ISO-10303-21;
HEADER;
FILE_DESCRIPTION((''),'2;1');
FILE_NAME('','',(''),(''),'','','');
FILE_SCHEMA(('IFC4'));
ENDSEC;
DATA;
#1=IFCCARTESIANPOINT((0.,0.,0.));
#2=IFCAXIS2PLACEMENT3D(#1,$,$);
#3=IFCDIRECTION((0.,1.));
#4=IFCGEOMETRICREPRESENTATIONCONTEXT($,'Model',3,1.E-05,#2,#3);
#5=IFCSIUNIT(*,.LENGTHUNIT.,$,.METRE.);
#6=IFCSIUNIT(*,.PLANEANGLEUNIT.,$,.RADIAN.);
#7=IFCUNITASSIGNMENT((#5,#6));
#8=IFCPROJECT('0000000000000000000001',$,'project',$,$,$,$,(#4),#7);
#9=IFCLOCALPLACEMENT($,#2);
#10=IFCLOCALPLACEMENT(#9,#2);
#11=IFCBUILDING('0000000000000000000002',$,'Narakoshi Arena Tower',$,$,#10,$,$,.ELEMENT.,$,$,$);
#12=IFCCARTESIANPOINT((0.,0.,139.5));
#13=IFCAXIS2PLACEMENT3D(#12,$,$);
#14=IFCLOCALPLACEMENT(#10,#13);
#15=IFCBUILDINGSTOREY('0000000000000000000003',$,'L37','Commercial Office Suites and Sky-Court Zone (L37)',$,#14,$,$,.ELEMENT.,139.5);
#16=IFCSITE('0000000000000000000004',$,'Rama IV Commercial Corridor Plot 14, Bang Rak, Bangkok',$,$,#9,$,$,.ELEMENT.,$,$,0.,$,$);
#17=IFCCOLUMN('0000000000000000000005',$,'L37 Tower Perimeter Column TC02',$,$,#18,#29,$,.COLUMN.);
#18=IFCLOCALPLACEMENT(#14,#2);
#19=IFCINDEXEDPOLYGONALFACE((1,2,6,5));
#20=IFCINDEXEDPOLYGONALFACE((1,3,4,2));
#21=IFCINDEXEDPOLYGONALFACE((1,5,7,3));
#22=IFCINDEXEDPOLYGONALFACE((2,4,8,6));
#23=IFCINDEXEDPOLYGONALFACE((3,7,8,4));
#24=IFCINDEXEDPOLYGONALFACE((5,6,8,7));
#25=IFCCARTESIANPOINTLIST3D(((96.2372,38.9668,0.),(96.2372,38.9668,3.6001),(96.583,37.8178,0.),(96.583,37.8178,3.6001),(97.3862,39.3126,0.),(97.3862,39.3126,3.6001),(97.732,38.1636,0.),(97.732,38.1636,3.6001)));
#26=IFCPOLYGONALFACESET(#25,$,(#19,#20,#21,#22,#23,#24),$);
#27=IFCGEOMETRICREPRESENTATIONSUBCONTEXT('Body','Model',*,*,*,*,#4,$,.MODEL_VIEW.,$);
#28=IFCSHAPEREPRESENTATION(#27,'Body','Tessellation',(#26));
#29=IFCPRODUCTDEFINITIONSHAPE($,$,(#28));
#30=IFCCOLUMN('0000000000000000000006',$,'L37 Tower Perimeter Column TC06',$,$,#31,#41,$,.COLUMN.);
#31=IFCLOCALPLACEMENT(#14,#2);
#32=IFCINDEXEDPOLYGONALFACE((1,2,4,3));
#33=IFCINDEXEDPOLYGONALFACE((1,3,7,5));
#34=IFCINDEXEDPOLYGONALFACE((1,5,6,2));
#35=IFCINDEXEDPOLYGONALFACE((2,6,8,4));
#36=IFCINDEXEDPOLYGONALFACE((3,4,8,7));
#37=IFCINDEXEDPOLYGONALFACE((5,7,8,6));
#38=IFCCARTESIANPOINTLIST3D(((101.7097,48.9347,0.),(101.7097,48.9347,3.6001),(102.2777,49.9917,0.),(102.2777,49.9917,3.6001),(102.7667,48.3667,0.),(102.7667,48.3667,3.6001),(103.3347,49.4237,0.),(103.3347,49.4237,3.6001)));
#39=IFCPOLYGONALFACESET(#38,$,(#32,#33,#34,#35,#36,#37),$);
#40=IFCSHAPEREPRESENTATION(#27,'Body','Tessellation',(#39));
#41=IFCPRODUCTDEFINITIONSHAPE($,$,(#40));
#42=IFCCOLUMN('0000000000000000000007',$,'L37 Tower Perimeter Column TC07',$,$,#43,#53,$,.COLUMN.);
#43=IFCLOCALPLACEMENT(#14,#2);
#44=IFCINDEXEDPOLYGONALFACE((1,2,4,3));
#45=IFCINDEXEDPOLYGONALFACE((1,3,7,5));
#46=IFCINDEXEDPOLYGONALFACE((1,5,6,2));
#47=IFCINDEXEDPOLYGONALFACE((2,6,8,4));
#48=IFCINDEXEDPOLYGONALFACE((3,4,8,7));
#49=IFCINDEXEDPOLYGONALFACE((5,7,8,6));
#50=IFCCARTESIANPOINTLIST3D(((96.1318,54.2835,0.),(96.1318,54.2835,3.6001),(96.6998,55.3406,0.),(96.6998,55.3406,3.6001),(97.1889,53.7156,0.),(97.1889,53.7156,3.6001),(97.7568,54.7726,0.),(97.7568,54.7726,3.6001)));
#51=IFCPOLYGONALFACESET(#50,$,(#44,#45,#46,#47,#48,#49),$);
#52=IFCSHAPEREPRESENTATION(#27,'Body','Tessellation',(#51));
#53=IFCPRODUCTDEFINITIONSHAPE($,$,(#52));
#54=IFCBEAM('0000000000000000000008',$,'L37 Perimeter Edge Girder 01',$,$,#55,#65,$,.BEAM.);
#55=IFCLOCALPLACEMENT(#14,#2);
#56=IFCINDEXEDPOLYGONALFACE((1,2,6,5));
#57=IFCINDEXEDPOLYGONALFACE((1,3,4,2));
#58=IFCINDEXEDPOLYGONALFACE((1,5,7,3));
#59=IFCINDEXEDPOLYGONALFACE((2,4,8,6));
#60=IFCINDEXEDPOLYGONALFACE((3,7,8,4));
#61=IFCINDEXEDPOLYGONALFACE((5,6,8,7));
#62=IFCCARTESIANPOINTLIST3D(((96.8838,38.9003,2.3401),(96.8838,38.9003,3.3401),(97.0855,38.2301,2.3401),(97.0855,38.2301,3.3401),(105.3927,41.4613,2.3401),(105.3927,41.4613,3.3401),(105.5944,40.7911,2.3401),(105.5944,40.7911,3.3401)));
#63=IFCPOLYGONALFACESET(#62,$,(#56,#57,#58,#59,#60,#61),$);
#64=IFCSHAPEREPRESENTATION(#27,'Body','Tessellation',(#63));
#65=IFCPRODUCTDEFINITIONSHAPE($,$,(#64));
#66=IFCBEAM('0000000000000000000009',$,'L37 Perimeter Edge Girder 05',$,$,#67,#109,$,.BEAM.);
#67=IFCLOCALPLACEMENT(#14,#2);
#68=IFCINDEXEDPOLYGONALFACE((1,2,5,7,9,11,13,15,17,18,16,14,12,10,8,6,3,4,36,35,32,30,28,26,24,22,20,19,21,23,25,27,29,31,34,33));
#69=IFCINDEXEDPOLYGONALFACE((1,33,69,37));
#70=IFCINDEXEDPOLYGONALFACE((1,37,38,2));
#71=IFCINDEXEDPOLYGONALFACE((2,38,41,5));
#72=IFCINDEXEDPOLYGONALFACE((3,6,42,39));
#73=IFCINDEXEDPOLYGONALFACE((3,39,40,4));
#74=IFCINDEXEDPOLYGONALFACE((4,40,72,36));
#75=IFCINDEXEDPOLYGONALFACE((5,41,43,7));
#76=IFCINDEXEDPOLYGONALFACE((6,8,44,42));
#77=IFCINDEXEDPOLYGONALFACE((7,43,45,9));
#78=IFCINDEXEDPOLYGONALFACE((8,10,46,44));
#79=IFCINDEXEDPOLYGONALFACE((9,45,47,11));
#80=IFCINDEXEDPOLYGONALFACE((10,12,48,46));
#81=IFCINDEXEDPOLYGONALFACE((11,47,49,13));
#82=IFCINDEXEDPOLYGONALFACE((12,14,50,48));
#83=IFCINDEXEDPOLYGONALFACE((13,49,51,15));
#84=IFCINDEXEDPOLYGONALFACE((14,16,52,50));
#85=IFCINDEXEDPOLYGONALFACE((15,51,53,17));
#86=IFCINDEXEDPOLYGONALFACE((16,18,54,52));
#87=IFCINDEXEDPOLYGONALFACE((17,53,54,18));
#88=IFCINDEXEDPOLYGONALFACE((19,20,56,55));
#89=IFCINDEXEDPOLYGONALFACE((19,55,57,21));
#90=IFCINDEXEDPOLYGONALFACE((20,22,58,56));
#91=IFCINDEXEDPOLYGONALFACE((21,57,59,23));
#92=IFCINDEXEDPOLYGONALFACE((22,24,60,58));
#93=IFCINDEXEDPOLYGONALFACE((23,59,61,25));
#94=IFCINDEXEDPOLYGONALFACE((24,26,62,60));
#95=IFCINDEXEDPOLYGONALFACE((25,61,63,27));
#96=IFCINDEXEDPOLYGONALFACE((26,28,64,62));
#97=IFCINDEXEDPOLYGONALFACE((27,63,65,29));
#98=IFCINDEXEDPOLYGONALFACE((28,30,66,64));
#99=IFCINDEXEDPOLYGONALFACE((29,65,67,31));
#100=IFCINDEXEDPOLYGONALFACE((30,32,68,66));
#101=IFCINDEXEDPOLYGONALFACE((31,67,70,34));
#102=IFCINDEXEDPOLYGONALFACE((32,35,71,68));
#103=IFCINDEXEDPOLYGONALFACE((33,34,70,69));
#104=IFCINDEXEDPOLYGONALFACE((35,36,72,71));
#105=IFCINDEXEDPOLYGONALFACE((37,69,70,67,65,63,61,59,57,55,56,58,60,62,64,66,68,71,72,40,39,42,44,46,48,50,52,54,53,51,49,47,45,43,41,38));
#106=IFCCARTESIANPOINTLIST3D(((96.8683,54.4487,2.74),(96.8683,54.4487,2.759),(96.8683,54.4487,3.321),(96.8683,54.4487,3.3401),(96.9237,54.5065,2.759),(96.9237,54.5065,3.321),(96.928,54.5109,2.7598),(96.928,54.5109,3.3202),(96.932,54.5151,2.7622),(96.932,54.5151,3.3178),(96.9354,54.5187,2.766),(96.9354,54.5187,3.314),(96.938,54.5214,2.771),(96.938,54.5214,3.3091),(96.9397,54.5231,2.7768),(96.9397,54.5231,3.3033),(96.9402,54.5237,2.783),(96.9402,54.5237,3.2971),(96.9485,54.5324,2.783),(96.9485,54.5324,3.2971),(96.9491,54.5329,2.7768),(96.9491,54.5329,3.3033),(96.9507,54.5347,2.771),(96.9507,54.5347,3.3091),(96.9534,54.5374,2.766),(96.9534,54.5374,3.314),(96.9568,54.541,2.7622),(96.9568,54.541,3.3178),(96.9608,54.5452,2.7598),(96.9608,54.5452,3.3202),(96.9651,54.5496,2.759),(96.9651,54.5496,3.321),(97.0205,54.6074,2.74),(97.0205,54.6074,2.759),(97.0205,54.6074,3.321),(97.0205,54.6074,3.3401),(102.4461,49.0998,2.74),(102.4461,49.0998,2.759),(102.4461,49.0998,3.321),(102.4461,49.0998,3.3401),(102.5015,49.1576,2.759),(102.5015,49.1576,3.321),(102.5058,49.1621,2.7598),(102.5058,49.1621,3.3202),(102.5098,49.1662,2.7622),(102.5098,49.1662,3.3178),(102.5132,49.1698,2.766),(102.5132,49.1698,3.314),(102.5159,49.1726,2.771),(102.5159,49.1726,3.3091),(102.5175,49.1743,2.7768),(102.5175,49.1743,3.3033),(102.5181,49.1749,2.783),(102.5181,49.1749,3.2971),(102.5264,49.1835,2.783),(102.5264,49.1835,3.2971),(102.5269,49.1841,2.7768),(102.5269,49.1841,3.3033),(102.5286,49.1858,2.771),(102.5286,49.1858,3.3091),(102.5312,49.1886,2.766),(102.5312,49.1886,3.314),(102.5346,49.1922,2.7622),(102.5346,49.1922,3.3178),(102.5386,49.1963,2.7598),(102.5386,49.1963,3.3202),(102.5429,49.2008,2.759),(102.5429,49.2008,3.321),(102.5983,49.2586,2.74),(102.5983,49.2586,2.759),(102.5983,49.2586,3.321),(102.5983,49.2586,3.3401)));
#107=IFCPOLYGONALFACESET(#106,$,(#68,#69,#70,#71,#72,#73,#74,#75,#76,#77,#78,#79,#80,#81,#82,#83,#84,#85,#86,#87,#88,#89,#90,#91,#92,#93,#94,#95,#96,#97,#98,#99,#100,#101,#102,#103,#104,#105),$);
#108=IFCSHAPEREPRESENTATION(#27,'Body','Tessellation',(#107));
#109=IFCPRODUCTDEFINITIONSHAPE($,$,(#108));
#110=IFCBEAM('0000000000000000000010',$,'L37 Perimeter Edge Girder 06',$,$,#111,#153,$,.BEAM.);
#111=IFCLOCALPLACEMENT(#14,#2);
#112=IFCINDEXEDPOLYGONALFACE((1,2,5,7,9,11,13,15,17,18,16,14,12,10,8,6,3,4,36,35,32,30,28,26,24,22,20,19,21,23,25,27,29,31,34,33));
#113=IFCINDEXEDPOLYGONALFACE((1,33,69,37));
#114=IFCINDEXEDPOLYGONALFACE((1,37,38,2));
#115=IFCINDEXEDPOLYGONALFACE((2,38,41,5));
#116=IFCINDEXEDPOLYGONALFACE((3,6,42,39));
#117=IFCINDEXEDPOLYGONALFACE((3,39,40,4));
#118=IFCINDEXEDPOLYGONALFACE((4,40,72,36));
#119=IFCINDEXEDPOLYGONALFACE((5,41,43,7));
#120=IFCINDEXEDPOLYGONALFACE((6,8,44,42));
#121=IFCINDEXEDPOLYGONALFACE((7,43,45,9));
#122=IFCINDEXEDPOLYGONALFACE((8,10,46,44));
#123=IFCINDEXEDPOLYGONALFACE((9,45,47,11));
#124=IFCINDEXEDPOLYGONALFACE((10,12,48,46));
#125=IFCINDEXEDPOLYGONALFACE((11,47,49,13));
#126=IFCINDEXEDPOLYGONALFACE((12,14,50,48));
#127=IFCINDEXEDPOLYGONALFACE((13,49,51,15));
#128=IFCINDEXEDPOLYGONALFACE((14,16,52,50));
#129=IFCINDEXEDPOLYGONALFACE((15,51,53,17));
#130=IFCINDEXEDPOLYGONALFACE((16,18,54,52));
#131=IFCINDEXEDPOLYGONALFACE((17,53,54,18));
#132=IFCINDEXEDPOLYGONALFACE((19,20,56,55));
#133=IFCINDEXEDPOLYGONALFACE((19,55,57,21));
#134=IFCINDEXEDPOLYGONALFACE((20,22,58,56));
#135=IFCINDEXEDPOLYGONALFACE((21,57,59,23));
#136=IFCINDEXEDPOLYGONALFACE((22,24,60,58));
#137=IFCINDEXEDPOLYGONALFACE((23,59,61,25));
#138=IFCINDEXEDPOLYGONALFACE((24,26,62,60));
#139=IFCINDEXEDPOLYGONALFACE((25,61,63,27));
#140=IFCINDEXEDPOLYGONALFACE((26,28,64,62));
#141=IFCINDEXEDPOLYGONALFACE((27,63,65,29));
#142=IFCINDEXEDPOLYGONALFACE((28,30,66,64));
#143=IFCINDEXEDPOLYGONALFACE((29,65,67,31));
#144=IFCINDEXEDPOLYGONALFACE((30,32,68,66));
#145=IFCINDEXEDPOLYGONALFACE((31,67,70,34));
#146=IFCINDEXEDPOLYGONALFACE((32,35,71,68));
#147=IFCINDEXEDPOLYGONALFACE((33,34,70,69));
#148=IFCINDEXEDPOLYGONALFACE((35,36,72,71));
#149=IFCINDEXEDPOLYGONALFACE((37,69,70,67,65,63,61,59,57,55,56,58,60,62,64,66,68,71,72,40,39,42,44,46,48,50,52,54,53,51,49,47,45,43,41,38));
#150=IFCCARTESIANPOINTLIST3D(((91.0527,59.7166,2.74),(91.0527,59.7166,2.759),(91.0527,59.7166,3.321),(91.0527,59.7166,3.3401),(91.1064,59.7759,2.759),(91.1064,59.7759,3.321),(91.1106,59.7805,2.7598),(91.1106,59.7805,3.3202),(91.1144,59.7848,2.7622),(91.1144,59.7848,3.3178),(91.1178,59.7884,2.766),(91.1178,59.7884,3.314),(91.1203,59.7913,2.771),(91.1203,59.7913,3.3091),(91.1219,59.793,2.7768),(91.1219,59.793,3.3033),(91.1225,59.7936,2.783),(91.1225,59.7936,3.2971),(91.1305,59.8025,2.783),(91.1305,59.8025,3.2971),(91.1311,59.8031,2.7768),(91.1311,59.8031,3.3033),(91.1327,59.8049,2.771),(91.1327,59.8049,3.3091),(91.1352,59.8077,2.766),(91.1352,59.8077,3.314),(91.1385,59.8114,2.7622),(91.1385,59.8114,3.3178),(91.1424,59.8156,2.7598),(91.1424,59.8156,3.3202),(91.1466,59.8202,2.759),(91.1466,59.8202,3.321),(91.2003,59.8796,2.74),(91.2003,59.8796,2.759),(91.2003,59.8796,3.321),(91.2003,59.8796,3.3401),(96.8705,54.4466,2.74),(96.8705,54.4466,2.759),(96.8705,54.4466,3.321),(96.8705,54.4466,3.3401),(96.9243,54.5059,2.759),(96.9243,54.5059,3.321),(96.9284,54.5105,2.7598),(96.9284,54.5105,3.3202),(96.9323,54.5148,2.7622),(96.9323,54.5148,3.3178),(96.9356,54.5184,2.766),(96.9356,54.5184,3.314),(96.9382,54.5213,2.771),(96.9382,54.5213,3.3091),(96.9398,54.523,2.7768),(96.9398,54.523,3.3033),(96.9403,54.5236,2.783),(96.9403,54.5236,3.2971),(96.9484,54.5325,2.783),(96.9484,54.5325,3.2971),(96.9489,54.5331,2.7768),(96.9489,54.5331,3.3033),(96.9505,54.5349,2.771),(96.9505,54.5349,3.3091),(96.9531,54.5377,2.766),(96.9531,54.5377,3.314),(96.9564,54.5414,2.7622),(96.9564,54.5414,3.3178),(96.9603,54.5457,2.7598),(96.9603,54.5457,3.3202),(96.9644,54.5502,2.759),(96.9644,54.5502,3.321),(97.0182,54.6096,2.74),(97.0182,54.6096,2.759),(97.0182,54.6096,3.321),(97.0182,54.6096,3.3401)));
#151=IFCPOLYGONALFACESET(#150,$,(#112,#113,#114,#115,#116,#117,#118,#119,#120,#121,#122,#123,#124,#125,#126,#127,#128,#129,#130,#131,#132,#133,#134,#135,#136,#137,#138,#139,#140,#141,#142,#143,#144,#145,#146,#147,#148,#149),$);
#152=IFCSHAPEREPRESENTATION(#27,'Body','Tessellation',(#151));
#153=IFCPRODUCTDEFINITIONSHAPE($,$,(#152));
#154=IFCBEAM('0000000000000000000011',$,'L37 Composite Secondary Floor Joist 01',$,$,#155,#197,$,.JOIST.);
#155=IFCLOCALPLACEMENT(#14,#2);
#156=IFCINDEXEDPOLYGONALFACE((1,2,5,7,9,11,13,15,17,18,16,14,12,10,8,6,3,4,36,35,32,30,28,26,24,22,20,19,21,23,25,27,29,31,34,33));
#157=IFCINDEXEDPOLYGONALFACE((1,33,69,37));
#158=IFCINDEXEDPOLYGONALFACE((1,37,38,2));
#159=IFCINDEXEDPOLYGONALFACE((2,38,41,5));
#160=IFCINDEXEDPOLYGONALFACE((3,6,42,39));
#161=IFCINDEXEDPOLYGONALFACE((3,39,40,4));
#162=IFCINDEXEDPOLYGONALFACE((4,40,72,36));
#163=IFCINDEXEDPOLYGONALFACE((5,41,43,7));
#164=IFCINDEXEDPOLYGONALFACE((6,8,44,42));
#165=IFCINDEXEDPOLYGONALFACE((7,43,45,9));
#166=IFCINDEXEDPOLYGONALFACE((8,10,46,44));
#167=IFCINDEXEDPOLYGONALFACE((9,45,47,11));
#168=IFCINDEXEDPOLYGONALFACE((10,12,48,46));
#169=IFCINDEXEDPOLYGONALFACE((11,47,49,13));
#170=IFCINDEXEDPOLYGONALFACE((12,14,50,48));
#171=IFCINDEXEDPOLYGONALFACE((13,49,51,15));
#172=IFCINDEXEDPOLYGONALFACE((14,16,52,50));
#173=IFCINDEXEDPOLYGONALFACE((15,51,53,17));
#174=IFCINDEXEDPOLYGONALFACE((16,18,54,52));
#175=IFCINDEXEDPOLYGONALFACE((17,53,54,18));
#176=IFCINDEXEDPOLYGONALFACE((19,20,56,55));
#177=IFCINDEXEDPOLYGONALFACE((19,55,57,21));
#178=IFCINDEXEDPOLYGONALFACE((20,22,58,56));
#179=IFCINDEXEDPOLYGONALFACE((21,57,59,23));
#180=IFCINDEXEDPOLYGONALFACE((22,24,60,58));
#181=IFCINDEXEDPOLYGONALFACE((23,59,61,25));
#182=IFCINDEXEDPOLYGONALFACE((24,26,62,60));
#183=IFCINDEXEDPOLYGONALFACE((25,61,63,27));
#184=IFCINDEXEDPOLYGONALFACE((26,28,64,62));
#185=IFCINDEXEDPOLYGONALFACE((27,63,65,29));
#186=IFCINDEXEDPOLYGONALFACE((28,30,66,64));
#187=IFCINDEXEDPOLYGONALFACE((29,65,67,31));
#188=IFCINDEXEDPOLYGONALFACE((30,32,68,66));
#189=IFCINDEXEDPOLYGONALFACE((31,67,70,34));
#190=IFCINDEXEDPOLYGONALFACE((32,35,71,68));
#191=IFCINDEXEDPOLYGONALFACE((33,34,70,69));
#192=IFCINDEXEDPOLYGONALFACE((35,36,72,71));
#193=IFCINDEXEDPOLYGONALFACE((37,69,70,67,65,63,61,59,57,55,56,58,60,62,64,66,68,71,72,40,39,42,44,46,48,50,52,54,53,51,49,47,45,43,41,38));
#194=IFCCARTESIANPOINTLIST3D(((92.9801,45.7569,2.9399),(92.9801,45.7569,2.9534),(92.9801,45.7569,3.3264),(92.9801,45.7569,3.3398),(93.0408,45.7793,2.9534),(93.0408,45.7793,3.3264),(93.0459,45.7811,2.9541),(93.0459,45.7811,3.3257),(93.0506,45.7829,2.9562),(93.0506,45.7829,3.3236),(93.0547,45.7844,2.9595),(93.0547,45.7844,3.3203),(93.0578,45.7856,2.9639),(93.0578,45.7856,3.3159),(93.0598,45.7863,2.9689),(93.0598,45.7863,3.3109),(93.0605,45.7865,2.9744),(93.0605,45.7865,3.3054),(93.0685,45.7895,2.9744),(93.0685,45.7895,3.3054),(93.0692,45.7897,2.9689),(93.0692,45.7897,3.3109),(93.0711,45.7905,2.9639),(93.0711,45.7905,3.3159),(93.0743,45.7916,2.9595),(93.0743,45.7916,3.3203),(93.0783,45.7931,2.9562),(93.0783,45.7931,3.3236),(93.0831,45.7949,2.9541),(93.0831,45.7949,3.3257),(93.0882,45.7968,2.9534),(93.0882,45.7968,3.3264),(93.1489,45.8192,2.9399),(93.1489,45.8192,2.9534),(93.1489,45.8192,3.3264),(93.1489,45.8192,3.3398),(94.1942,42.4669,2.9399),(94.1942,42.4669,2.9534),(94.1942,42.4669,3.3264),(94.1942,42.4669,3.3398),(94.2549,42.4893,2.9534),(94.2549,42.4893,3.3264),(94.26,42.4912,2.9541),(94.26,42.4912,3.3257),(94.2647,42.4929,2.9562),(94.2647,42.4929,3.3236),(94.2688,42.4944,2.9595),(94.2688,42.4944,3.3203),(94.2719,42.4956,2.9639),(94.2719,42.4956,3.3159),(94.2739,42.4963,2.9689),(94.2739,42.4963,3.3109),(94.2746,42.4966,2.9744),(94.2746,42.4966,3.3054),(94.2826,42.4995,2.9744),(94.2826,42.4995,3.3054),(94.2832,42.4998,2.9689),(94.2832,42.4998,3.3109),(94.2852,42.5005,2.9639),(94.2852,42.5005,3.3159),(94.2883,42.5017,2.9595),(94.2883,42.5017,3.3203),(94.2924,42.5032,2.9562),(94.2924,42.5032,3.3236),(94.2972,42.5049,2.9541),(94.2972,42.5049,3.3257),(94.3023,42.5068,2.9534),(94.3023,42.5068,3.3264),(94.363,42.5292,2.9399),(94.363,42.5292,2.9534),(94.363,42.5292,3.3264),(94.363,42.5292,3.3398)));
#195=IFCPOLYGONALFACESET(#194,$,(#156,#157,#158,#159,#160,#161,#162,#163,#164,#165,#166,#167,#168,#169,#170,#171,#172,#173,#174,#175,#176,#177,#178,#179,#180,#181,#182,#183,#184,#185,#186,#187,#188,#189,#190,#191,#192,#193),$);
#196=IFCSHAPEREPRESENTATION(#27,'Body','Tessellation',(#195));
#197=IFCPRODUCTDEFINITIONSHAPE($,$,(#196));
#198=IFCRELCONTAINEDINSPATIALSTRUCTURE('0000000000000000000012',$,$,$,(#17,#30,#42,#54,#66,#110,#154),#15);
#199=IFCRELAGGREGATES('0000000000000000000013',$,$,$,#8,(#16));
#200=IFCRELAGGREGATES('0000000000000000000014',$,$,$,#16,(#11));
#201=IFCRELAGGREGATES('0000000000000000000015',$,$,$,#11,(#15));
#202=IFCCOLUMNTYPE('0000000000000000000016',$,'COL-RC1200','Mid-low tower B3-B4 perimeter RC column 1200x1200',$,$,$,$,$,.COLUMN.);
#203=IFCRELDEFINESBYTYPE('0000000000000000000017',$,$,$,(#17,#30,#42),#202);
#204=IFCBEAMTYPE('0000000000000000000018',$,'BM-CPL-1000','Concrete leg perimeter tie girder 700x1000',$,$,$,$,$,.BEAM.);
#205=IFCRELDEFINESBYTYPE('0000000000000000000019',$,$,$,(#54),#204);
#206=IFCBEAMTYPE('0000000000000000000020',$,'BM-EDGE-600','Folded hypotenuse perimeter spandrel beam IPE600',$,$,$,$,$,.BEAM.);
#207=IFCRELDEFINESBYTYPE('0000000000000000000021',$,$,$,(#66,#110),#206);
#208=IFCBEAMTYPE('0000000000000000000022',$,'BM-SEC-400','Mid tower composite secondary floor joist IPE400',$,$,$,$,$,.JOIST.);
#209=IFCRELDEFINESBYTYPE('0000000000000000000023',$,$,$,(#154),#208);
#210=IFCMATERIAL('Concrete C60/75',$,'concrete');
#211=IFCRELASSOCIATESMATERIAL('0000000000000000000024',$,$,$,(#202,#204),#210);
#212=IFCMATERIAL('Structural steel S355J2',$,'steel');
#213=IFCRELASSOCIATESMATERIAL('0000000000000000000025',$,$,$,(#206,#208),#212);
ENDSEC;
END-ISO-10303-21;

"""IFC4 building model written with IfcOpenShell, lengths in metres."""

from ifc_helpers import new_model, si_unit, direction, frame, origin, origin_2d, place, context, subcontext, project, spatial, rectangle, i_section, extrude, material, material_profile, profile_set, type_object, element, save


model = new_model("IFC4")

# Units and contexts
model_context = context("Model", 3, precision=1e-05, world=origin(), true_north=direction((0.0, 1.0)))
body_context = subcontext(model_context, "Body", "Model", "MODEL_VIEW")
ifc_project = project(units=[si_unit("LENGTHUNIT", "METRE"), si_unit("PLANEANGLEUNIT", "RADIAN")], contexts=[model_context])

# Site, building, storey
site_placement = place(None, origin())
site = spatial("IfcSite", under=ifc_project, at=site_placement, Name="Rama IV Commercial Corridor Plot 14, Bang Rak, Bangkok", CompositionType="ELEMENT", RefElevation=0.0)
building_placement = place(site_placement, origin())
building = spatial("IfcBuilding", under=site, at=building_placement, Name="Narakoshi Arena Tower", CompositionType="ELEMENT")
storey_placement = place(building_placement, frame((0.0, 0.0, 139.5)))
storey = spatial("IfcBuildingStorey", under=building, at=storey_placement, Name="L37", Description="Commercial Office Suites and Sky-Court Zone (L37)", CompositionType="ELEMENT", Elevation=139.5)

# Columns
ifc_material_1 = material(Name="Concrete C60/75", Category="concrete")
ifc_material_profile_1 = material_profile(ifc_material_1, rectangle(XDim=1.2, YDim=1.2, at=origin_2d()), Name="RC1200x1200")
ifc_profile_set_1 = profile_set([ifc_material_profile_1], Name="Concrete C60/75")
column_type = type_object("IfcColumnType", Name="COL-RC1200", Description="Mid-low tower B3-B4 perimeter RC column 1200x1200", PredefinedType="COLUMN", material=ifc_profile_set_1)
for number, where, z_axis, x_axis, name in (
    (1, (96.9846, 38.5652, 0.0), (0.0, 0.0, 1.0), (0.957571, 0.288196, 0.0), "L37 Tower Perimeter Column TC02"),
    (2, (102.5222, 49.1792, 0.0), (0.0, 0.0, 1.0), (0.47332, 0.880891, 0.0), "L37 Tower Perimeter Column TC06"),
    (3, (96.9443, 54.5281, 0.0), (0.0, 0.0, 1.0), (0.47332, 0.880891, 0.0), "L37 Tower Perimeter Column TC07"),
):
    element("IfcColumn", number, at=place(storey_placement, frame(where, z_axis=z_axis, x_axis=x_axis)), inside=storey, type_object=column_type, Name=name, PredefinedType="COLUMN", context=body_context, shape_type="SweptSolid", body=[
        extrude(rectangle(XDim=1.2, YDim=1.2, at=origin_2d()), origin(), (0.0, 0.0, 1.0), 3.6001),
    ])

# Beams
ifc_material_profile_2 = material_profile(ifc_material_1, rectangle(XDim=0.7, YDim=1.0, at=origin_2d()), Name="RCB700x1000")
ifc_profile_set_2 = profile_set([ifc_material_profile_2], Name="Concrete C60/75")
beam_type_1 = type_object("IfcBeamType", Name="BM-CPL-1000", Description="Concrete leg perimeter tie girder 700x1000", PredefinedType="BEAM", material=ifc_profile_set_2)
beam_1_placement = place(storey_placement, frame((96.9846, 38.5652, 2.8401), z_axis=(0.957568, 0.288207, 0.0), x_axis=(-0.288207, 0.957568, 0.0)))
element("IfcBeam", 4, at=beam_1_placement, inside=storey, type_object=beam_type_1, Name="L37 Perimeter Edge Girder 01", PredefinedType="BEAM", context=body_context, shape_type="SweptSolid", body=[
    extrude(rectangle(XDim=0.7, YDim=1.0, at=origin_2d()), origin(), (0.0, 0.0, 1.0), 8.886),
])
ifc_material_2 = material(Name="Structural steel S355J2", Category="steel")
ifc_material_profile_3 = material_profile(ifc_material_2, i_section(OverallWidth=0.22, OverallDepth=0.6001, WebThickness=0.012, FlangeThickness=0.019, FilletRadius=0.0239, at=origin_2d()), Name="IPE600")
ifc_profile_set_3 = profile_set([ifc_material_profile_3], Name="Structural steel S355J2")
beam_type_2 = type_object("IfcBeamType", Name="BM-EDGE-600", Description="Folded hypotenuse perimeter spandrel beam IPE600", PredefinedType="BEAM", material=ifc_profile_set_3)
beam_2_placement = place(storey_placement, frame((102.5222, 49.1792, 3.04), z_axis=(-0.721768, 0.692135, 0.0), x_axis=(-0.692135, -0.721768, 0.0)))
element("IfcBeam", 5, at=beam_2_placement, inside=storey, type_object=beam_type_2, Name="L37 Perimeter Edge Girder 05", PredefinedType="BEAM", context=body_context, shape_type="SweptSolid", body=[
    extrude(i_section(OverallWidth=0.22, OverallDepth=0.6001, WebThickness=0.012, FlangeThickness=0.019, FilletRadius=0.0239, at=origin_2d()), origin(), (0.0, 0.0, 1.0), 7.728),
])
beam_3_placement = place(storey_placement, frame((96.9443, 54.5281, 3.04), z_axis=(-0.741141, 0.67135, 0.0), x_axis=(-0.67135, -0.741141, 0.0)))
element("IfcBeam", 6, at=beam_3_placement, inside=storey, type_object=beam_type_2, Name="L37 Perimeter Edge Girder 06", PredefinedType="BEAM", context=body_context, shape_type="SweptSolid", body=[
    extrude(i_section(OverallWidth=0.22, OverallDepth=0.6001, WebThickness=0.012, FlangeThickness=0.019, FilletRadius=0.0239, at=origin_2d()), origin(), (0.0, 0.0, 1.0), 7.8499),
])
ifc_material_profile_4 = material_profile(ifc_material_2, i_section(OverallWidth=0.1799, OverallDepth=0.3999, WebThickness=0.0085, FlangeThickness=0.0134, FilletRadius=0.021, at=origin_2d()), Name="IPE400")
ifc_profile_set_4 = profile_set([ifc_material_profile_4], Name="Structural steel S355J2")
beam_type_3 = type_object("IfcBeamType", Name="BM-SEC-400", Description="Mid tower composite secondary floor joist IPE400", PredefinedType="JOIST", material=ifc_profile_set_4)
beam_4_placement = place(storey_placement, frame((94.2786, 42.498, 3.1399), z_axis=(-0.346205, 0.938159, 0.0), x_axis=(-0.938159, -0.346205, 0.0)))
element("IfcBeam", 7, at=beam_4_placement, inside=storey, type_object=beam_type_3, Name="L37 Composite Secondary Floor Joist 01", PredefinedType="JOIST", context=body_context, shape_type="SweptSolid", body=[
    extrude(i_section(OverallWidth=0.1799, OverallDepth=0.3999, WebThickness=0.0085, FlangeThickness=0.0134, FilletRadius=0.021, at=origin_2d()), origin(), (0.0, 0.0, 1.0), 3.5068),
])

save(model, "model.ifc")
